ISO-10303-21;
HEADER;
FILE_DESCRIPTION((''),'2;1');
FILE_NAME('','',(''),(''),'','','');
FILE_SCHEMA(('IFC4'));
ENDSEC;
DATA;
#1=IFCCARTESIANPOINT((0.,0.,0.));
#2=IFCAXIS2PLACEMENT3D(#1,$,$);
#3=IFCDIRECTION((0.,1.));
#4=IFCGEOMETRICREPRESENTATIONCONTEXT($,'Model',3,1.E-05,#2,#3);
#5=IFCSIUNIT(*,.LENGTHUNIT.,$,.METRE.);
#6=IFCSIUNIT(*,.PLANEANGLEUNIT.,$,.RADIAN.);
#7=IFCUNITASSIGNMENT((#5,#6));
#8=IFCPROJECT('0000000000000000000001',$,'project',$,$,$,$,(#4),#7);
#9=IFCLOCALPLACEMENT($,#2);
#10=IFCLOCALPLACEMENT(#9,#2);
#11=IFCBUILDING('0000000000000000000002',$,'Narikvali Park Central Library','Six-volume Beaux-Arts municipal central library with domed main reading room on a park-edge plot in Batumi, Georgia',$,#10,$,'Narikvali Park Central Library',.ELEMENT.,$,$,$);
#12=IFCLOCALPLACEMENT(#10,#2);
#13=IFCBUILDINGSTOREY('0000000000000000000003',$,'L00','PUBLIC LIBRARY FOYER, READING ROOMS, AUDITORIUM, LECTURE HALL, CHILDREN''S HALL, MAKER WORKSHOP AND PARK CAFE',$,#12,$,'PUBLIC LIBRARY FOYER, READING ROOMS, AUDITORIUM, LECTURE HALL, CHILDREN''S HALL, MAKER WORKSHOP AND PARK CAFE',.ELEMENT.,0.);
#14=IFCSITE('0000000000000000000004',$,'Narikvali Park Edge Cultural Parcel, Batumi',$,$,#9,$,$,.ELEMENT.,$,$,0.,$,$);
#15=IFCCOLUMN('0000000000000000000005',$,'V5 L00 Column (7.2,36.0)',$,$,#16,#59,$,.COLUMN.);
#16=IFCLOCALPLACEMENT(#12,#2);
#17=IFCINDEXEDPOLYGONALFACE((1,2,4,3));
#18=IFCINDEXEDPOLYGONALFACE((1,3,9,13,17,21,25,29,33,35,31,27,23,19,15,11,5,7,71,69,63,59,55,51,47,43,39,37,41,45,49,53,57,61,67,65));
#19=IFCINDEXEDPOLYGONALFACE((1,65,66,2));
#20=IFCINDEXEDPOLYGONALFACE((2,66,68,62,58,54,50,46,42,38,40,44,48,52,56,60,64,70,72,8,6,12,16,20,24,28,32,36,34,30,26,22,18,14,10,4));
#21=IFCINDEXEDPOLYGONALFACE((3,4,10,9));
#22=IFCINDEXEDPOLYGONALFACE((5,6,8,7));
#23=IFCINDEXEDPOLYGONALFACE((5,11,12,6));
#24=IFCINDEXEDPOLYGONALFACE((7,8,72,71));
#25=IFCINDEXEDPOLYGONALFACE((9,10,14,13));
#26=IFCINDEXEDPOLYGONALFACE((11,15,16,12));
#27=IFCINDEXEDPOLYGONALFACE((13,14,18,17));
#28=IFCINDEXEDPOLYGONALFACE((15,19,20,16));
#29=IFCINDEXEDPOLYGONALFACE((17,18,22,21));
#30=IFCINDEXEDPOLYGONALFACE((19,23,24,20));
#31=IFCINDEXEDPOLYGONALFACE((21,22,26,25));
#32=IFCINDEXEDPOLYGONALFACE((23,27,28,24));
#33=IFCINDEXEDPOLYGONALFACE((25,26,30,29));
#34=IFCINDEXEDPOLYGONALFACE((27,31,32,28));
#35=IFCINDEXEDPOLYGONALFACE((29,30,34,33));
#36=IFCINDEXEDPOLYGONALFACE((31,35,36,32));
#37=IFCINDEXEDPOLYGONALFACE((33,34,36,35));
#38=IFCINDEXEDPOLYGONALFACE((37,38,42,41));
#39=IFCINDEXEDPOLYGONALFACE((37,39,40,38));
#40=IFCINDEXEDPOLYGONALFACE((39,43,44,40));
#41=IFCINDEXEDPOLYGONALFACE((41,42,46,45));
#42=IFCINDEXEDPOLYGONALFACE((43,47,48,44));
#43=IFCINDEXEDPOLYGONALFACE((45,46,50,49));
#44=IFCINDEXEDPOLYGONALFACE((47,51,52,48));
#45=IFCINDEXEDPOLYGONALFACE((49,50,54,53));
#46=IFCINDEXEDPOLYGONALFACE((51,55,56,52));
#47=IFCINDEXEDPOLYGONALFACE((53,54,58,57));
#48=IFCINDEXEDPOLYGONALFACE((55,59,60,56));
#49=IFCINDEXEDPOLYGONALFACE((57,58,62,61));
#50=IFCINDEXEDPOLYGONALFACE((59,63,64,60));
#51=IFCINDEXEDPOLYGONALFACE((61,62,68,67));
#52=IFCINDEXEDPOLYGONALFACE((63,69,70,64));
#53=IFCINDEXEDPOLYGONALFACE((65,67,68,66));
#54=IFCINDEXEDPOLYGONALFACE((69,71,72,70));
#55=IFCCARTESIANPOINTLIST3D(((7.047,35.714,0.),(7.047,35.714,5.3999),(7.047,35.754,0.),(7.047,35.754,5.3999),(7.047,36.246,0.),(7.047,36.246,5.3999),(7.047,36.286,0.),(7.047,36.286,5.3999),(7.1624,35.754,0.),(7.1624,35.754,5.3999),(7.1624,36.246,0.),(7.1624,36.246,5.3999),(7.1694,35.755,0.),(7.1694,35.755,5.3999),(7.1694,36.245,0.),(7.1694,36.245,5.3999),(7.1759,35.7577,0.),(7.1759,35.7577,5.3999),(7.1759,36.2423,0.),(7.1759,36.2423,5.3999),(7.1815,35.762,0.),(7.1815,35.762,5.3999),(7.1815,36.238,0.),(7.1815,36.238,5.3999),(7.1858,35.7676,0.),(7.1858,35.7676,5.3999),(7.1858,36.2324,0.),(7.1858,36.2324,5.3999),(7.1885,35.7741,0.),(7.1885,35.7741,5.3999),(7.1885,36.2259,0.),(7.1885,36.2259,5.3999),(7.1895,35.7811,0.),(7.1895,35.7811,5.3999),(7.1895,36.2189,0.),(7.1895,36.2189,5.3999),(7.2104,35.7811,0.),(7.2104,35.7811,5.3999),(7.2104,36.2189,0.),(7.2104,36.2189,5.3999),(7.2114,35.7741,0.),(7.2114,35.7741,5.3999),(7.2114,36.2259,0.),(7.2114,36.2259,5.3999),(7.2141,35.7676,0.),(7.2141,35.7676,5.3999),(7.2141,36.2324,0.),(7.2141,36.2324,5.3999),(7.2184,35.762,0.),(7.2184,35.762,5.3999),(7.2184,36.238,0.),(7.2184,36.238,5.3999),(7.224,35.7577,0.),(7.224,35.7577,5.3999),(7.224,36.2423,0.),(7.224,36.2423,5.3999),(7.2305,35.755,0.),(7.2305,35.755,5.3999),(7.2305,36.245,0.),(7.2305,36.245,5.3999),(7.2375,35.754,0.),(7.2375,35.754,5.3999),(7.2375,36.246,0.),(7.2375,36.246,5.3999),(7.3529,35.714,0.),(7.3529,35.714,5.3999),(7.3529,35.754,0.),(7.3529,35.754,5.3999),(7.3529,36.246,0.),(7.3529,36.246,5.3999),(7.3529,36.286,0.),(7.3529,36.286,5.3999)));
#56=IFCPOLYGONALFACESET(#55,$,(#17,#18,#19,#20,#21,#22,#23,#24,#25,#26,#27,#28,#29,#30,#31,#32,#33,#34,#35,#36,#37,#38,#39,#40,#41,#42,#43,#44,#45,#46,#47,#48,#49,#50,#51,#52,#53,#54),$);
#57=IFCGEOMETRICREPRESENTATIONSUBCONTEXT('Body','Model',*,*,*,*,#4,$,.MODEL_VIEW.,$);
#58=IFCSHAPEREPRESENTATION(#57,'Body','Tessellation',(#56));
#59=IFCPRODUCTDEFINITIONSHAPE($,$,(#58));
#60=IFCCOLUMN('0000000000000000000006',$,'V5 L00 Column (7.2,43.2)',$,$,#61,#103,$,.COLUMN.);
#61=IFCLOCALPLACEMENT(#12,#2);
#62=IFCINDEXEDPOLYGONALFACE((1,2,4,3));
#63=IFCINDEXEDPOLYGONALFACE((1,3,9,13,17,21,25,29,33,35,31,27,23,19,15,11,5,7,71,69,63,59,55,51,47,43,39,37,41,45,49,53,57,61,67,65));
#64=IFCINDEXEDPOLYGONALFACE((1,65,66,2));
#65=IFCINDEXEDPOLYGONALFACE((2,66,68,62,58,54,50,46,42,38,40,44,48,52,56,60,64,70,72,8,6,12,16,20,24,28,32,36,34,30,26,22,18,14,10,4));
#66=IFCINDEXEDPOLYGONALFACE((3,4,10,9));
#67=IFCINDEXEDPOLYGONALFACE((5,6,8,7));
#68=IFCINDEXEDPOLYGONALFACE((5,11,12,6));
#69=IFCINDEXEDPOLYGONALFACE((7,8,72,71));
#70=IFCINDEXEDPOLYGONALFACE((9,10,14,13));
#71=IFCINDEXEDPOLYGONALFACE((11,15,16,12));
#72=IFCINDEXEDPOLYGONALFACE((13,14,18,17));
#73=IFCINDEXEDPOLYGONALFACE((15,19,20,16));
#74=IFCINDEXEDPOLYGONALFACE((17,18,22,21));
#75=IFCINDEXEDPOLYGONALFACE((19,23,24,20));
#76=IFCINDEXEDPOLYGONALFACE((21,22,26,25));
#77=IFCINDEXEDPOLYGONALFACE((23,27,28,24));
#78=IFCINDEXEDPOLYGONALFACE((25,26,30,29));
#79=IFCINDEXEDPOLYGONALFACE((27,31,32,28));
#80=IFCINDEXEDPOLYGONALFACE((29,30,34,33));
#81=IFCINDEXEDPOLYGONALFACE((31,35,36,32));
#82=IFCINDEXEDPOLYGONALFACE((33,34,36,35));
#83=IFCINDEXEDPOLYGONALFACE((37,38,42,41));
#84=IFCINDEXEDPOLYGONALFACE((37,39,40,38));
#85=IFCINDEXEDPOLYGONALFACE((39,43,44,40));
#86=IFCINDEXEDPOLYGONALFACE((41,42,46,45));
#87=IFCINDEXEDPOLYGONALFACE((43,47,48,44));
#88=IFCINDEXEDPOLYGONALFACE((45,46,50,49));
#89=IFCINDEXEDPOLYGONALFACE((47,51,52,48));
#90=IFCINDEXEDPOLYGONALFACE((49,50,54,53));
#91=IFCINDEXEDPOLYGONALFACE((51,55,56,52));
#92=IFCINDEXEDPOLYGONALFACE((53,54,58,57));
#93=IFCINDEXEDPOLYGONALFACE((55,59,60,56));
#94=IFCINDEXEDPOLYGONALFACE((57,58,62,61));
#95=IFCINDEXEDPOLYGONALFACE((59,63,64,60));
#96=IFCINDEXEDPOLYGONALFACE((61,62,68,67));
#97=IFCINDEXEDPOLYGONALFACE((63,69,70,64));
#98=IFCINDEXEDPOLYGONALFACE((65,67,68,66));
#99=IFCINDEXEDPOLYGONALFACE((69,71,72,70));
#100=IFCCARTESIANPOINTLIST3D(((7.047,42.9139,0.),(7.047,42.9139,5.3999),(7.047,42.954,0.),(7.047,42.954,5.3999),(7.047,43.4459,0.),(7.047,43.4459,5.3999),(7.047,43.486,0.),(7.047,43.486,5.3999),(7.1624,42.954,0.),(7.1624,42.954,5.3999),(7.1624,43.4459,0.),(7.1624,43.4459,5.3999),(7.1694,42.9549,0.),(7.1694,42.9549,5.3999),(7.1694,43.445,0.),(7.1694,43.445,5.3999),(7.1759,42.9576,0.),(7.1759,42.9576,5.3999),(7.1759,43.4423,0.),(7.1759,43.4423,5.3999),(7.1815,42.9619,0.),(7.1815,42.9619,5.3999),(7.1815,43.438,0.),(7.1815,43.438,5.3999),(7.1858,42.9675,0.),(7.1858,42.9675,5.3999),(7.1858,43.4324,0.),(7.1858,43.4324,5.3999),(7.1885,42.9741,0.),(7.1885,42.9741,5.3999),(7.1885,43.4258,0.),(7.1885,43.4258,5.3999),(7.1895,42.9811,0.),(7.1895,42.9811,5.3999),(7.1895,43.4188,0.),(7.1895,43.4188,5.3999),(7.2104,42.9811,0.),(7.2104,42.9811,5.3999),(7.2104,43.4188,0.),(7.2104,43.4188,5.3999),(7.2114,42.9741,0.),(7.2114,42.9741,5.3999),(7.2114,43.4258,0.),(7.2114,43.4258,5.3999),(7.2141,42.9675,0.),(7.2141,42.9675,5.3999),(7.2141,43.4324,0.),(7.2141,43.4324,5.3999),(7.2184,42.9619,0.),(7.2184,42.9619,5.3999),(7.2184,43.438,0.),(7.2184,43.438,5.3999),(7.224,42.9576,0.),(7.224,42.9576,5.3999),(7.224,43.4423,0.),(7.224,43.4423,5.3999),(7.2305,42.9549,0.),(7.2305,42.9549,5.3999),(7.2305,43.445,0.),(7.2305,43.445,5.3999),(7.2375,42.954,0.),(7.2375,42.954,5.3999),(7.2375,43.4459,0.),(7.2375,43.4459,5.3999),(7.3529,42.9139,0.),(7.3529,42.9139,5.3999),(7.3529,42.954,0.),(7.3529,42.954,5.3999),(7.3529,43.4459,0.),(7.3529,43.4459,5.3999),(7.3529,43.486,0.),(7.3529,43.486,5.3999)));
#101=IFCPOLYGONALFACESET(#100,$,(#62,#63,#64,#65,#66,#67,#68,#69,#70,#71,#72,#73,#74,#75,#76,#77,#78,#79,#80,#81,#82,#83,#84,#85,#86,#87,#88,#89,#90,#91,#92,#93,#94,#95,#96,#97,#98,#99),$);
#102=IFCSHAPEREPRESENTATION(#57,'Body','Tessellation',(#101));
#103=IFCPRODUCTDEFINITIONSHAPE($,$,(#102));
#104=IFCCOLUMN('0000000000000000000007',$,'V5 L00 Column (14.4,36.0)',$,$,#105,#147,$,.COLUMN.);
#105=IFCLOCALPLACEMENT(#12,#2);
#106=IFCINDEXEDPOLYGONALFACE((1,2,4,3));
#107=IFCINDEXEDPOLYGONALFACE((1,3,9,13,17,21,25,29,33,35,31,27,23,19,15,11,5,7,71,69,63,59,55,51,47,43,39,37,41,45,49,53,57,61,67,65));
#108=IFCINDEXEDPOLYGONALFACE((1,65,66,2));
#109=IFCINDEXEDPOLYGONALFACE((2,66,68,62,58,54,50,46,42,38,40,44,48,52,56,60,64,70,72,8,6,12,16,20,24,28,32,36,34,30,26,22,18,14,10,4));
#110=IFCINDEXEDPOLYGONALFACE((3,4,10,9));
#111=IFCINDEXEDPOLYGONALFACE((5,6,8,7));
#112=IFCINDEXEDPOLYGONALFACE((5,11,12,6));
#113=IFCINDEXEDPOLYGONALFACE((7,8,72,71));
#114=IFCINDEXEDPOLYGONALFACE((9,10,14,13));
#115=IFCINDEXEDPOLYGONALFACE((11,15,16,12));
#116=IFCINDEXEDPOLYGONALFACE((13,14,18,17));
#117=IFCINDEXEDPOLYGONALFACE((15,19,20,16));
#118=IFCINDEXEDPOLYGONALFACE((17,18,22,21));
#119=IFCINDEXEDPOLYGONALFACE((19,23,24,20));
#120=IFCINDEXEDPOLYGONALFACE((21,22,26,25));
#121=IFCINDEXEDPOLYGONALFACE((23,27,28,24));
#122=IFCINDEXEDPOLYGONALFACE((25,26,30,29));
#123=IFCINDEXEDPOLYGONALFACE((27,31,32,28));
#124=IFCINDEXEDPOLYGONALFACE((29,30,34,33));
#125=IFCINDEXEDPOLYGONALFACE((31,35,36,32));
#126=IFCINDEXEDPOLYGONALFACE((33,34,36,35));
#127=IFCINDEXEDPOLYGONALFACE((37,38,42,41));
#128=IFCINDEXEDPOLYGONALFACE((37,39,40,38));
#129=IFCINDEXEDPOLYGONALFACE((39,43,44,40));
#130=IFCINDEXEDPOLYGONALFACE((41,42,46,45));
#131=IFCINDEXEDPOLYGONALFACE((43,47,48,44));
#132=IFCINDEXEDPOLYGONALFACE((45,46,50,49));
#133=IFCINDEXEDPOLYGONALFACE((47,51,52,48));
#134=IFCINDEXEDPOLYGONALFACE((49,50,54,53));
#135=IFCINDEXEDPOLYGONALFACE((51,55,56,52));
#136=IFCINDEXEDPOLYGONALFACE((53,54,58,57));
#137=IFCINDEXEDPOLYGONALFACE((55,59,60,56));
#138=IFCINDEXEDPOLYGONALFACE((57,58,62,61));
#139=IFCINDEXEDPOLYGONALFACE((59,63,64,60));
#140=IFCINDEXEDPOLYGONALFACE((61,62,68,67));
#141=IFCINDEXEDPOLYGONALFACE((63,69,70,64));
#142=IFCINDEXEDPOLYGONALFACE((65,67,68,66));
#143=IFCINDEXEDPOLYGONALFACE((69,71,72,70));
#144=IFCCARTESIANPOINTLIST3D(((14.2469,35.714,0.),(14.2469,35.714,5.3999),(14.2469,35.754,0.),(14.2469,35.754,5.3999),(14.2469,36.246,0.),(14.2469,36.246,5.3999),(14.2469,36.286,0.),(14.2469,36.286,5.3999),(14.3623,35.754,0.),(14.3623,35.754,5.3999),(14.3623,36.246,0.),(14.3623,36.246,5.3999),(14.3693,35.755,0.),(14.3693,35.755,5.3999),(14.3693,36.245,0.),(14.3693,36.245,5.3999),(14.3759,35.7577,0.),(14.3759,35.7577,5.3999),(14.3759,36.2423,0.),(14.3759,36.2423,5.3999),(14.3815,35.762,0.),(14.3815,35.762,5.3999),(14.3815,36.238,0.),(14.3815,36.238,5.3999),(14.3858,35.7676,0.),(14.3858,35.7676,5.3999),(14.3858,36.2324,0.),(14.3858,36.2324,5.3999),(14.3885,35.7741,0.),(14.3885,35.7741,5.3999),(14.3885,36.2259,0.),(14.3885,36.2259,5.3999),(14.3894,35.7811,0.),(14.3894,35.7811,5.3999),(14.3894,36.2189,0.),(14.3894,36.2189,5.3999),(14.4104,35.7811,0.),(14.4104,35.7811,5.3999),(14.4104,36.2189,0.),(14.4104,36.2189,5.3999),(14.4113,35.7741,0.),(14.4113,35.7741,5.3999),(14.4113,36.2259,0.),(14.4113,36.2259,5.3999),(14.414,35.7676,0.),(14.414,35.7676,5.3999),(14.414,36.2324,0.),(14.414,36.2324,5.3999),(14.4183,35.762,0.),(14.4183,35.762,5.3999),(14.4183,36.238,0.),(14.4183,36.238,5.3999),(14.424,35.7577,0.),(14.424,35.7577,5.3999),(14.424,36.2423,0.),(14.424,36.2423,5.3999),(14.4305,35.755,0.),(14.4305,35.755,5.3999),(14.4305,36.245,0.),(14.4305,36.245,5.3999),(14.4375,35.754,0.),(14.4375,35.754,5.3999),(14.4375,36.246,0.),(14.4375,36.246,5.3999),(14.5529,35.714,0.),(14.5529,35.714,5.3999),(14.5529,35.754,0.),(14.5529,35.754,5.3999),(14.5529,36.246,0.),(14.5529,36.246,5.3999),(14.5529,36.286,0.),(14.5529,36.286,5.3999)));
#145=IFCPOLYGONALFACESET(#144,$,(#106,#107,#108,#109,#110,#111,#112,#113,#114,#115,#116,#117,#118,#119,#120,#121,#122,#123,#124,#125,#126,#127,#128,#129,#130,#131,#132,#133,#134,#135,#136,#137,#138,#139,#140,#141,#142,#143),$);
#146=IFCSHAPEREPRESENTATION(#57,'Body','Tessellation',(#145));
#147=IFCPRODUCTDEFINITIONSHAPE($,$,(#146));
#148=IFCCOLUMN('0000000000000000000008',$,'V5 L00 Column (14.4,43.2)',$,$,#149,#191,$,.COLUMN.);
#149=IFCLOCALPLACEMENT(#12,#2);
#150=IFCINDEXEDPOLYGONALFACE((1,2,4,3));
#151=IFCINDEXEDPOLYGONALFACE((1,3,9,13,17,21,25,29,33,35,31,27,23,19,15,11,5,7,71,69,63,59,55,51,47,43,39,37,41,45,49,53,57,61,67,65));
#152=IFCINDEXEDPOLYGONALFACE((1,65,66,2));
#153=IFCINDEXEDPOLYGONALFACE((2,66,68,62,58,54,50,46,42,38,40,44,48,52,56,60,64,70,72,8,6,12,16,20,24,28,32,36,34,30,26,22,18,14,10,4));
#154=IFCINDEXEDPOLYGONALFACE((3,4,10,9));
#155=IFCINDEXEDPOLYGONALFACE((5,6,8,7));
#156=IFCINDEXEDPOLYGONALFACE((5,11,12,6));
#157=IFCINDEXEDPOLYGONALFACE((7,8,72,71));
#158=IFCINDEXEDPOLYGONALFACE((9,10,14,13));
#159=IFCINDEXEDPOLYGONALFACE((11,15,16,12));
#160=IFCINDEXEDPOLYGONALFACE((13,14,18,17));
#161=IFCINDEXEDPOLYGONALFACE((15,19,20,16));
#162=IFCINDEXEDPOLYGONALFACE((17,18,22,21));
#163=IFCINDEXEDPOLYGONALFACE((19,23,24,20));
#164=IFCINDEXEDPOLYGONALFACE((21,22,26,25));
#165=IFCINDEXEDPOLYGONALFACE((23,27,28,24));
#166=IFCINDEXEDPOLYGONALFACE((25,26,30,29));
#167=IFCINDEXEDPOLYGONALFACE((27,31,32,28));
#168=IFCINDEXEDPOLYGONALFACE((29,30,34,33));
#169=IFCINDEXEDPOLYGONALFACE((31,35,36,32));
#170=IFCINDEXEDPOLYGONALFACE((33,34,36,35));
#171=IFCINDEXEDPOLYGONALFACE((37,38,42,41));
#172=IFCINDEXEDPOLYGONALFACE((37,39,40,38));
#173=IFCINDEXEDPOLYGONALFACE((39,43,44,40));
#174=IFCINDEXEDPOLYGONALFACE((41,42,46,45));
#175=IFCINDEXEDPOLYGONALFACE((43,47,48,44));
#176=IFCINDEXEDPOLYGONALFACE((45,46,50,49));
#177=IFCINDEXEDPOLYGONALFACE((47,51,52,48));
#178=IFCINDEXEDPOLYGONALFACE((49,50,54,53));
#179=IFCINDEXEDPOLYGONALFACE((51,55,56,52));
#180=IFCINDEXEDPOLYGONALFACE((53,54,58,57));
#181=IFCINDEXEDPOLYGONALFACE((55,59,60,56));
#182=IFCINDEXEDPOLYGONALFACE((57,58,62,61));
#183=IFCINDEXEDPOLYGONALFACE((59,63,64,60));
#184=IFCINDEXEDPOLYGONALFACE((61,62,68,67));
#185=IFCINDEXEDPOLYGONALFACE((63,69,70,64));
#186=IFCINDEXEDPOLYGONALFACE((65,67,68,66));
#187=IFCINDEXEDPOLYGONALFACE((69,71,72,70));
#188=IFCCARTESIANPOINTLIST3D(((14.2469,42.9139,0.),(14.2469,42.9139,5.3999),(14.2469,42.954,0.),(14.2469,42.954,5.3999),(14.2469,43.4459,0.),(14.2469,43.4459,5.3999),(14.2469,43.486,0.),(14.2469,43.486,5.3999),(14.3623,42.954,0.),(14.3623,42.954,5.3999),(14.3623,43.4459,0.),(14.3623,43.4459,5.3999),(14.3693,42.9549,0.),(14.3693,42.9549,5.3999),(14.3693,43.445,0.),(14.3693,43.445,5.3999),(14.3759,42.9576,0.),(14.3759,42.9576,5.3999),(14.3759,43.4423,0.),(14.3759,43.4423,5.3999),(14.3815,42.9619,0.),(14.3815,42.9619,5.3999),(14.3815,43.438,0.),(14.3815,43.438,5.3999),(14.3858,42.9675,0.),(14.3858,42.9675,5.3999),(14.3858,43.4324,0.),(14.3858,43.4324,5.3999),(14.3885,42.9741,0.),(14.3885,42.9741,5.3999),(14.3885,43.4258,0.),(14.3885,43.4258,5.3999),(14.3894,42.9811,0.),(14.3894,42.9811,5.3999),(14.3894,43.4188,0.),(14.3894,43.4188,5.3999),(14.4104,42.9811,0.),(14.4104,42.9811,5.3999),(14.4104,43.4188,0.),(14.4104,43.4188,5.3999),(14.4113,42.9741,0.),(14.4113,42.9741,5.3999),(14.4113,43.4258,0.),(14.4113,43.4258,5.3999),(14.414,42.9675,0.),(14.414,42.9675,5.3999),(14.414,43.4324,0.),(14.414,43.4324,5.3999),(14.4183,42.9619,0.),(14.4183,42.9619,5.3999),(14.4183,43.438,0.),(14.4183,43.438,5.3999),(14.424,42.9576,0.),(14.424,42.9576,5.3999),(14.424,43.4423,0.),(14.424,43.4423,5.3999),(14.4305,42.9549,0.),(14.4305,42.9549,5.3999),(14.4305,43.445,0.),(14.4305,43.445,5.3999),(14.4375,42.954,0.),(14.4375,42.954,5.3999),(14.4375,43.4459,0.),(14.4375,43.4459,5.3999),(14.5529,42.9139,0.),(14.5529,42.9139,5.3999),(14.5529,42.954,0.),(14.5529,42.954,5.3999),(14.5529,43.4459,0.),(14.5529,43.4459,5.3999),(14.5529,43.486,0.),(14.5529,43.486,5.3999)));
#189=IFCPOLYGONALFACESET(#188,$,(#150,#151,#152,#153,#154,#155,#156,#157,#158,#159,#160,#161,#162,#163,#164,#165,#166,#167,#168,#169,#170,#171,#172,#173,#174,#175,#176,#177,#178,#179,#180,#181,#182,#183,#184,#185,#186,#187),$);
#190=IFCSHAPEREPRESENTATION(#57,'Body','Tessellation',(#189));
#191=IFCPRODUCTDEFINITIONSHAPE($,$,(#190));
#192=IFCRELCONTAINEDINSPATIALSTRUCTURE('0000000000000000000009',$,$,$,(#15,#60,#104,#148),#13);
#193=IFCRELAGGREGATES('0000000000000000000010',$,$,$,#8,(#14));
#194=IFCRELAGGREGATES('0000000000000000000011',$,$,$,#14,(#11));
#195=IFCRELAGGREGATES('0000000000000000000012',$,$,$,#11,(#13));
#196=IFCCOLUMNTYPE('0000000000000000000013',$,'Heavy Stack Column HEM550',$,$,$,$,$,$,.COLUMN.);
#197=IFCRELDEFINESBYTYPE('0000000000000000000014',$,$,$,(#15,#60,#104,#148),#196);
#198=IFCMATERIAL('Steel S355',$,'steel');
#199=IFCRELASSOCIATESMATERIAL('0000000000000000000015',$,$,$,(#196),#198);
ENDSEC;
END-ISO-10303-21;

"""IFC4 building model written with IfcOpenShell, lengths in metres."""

from ifc_helpers import new_model, si_unit, direction, frame, origin, origin_2d, place, context, subcontext, project, spatial, i_section, extrude, material, material_profile, profile_set, type_object, element, save


model = new_model("IFC4")

# Units and contexts
model_context = context("Model", 3, precision=1e-05, world=origin(), true_north=direction((0.0, 1.0)))
body_context = subcontext(model_context, "Body", "Model", "MODEL_VIEW")
ifc_project = project(units=[si_unit("LENGTHUNIT", "METRE"), si_unit("PLANEANGLEUNIT", "RADIAN")], contexts=[model_context])

# Site, building, storey
site_placement = place(None, origin())
site = spatial("IfcSite", under=ifc_project, at=site_placement, Name="Narikvali Park Edge Cultural Parcel, Batumi", CompositionType="ELEMENT", RefElevation=0.0)
building_placement = place(site_placement, origin())
building = spatial("IfcBuilding", under=site, at=building_placement, Name="Narikvali Park Central Library", Description="Six-volume Beaux-Arts municipal central library with domed main reading room on a park-edge plot in Batumi, Georgia", LongName="Narikvali Park Central Library", CompositionType="ELEMENT")
storey_placement = place(building_placement, origin())
storey = spatial("IfcBuildingStorey", under=building, at=storey_placement, Name="L00", Description="PUBLIC LIBRARY FOYER, READING ROOMS, AUDITORIUM, LECTURE HALL, CHILDREN'S HALL, MAKER WORKSHOP AND PARK CAFE", LongName="PUBLIC LIBRARY FOYER, READING ROOMS, AUDITORIUM, LECTURE HALL, CHILDREN'S HALL, MAKER WORKSHOP AND PARK CAFE", CompositionType="ELEMENT", Elevation=0.0)

# Columns
ifc_material_1 = material(Name="Steel S355", Category="steel")
ifc_material_profile_1 = material_profile(ifc_material_1, i_section(OverallWidth=0.3059, OverallDepth=0.572, WebThickness=0.021, FlangeThickness=0.04, FilletRadius=0.0271, at=origin_2d()), Name="HEM 550")
ifc_profile_set_1 = profile_set([ifc_material_profile_1], Name="Steel S355")
column_type_1 = type_object("IfcColumnType", Name="Heavy Stack Column HEM550", PredefinedType="COLUMN", material=ifc_profile_set_1)
for number, where, z_axis, x_axis, name in (
    (1, (7.2, 36.0, 0.0), (0.0, 0.0, 1.0), (1.0, 0.0, 0.0), "V5 L00 Column (7.2,36.0)"),
    (2, (7.2, 43.2, 0.0), (0.0, 0.0, 1.0), (1.0, 0.0, 0.0), "V5 L00 Column (7.2,43.2)"),
    (3, (14.3999, 36.0, 0.0), (0.0, 0.0, 1.0), (1.0, 0.0, 0.0), "V5 L00 Column (14.4,36.0)"),
    (4, (14.3999, 43.2, 0.0), (0.0, 0.0, 1.0), (1.0, 0.0, 0.0), "V5 L00 Column (14.4,43.2)"),
):
    element("IfcColumn", number, at=place(storey_placement, frame(where, z_axis=z_axis, x_axis=x_axis)), inside=storey, type_object=column_type_1, Name=name, PredefinedType="COLUMN", context=body_context, shape_type="SweptSolid", body=[
        extrude(i_section(OverallWidth=0.3059, OverallDepth=0.572, WebThickness=0.021, FlangeThickness=0.04, FilletRadius=0.0271, at=origin_2d()), origin(), (0.0, 0.0, 1.0), 5.3999),
    ])

save(model, "model.ifc")
